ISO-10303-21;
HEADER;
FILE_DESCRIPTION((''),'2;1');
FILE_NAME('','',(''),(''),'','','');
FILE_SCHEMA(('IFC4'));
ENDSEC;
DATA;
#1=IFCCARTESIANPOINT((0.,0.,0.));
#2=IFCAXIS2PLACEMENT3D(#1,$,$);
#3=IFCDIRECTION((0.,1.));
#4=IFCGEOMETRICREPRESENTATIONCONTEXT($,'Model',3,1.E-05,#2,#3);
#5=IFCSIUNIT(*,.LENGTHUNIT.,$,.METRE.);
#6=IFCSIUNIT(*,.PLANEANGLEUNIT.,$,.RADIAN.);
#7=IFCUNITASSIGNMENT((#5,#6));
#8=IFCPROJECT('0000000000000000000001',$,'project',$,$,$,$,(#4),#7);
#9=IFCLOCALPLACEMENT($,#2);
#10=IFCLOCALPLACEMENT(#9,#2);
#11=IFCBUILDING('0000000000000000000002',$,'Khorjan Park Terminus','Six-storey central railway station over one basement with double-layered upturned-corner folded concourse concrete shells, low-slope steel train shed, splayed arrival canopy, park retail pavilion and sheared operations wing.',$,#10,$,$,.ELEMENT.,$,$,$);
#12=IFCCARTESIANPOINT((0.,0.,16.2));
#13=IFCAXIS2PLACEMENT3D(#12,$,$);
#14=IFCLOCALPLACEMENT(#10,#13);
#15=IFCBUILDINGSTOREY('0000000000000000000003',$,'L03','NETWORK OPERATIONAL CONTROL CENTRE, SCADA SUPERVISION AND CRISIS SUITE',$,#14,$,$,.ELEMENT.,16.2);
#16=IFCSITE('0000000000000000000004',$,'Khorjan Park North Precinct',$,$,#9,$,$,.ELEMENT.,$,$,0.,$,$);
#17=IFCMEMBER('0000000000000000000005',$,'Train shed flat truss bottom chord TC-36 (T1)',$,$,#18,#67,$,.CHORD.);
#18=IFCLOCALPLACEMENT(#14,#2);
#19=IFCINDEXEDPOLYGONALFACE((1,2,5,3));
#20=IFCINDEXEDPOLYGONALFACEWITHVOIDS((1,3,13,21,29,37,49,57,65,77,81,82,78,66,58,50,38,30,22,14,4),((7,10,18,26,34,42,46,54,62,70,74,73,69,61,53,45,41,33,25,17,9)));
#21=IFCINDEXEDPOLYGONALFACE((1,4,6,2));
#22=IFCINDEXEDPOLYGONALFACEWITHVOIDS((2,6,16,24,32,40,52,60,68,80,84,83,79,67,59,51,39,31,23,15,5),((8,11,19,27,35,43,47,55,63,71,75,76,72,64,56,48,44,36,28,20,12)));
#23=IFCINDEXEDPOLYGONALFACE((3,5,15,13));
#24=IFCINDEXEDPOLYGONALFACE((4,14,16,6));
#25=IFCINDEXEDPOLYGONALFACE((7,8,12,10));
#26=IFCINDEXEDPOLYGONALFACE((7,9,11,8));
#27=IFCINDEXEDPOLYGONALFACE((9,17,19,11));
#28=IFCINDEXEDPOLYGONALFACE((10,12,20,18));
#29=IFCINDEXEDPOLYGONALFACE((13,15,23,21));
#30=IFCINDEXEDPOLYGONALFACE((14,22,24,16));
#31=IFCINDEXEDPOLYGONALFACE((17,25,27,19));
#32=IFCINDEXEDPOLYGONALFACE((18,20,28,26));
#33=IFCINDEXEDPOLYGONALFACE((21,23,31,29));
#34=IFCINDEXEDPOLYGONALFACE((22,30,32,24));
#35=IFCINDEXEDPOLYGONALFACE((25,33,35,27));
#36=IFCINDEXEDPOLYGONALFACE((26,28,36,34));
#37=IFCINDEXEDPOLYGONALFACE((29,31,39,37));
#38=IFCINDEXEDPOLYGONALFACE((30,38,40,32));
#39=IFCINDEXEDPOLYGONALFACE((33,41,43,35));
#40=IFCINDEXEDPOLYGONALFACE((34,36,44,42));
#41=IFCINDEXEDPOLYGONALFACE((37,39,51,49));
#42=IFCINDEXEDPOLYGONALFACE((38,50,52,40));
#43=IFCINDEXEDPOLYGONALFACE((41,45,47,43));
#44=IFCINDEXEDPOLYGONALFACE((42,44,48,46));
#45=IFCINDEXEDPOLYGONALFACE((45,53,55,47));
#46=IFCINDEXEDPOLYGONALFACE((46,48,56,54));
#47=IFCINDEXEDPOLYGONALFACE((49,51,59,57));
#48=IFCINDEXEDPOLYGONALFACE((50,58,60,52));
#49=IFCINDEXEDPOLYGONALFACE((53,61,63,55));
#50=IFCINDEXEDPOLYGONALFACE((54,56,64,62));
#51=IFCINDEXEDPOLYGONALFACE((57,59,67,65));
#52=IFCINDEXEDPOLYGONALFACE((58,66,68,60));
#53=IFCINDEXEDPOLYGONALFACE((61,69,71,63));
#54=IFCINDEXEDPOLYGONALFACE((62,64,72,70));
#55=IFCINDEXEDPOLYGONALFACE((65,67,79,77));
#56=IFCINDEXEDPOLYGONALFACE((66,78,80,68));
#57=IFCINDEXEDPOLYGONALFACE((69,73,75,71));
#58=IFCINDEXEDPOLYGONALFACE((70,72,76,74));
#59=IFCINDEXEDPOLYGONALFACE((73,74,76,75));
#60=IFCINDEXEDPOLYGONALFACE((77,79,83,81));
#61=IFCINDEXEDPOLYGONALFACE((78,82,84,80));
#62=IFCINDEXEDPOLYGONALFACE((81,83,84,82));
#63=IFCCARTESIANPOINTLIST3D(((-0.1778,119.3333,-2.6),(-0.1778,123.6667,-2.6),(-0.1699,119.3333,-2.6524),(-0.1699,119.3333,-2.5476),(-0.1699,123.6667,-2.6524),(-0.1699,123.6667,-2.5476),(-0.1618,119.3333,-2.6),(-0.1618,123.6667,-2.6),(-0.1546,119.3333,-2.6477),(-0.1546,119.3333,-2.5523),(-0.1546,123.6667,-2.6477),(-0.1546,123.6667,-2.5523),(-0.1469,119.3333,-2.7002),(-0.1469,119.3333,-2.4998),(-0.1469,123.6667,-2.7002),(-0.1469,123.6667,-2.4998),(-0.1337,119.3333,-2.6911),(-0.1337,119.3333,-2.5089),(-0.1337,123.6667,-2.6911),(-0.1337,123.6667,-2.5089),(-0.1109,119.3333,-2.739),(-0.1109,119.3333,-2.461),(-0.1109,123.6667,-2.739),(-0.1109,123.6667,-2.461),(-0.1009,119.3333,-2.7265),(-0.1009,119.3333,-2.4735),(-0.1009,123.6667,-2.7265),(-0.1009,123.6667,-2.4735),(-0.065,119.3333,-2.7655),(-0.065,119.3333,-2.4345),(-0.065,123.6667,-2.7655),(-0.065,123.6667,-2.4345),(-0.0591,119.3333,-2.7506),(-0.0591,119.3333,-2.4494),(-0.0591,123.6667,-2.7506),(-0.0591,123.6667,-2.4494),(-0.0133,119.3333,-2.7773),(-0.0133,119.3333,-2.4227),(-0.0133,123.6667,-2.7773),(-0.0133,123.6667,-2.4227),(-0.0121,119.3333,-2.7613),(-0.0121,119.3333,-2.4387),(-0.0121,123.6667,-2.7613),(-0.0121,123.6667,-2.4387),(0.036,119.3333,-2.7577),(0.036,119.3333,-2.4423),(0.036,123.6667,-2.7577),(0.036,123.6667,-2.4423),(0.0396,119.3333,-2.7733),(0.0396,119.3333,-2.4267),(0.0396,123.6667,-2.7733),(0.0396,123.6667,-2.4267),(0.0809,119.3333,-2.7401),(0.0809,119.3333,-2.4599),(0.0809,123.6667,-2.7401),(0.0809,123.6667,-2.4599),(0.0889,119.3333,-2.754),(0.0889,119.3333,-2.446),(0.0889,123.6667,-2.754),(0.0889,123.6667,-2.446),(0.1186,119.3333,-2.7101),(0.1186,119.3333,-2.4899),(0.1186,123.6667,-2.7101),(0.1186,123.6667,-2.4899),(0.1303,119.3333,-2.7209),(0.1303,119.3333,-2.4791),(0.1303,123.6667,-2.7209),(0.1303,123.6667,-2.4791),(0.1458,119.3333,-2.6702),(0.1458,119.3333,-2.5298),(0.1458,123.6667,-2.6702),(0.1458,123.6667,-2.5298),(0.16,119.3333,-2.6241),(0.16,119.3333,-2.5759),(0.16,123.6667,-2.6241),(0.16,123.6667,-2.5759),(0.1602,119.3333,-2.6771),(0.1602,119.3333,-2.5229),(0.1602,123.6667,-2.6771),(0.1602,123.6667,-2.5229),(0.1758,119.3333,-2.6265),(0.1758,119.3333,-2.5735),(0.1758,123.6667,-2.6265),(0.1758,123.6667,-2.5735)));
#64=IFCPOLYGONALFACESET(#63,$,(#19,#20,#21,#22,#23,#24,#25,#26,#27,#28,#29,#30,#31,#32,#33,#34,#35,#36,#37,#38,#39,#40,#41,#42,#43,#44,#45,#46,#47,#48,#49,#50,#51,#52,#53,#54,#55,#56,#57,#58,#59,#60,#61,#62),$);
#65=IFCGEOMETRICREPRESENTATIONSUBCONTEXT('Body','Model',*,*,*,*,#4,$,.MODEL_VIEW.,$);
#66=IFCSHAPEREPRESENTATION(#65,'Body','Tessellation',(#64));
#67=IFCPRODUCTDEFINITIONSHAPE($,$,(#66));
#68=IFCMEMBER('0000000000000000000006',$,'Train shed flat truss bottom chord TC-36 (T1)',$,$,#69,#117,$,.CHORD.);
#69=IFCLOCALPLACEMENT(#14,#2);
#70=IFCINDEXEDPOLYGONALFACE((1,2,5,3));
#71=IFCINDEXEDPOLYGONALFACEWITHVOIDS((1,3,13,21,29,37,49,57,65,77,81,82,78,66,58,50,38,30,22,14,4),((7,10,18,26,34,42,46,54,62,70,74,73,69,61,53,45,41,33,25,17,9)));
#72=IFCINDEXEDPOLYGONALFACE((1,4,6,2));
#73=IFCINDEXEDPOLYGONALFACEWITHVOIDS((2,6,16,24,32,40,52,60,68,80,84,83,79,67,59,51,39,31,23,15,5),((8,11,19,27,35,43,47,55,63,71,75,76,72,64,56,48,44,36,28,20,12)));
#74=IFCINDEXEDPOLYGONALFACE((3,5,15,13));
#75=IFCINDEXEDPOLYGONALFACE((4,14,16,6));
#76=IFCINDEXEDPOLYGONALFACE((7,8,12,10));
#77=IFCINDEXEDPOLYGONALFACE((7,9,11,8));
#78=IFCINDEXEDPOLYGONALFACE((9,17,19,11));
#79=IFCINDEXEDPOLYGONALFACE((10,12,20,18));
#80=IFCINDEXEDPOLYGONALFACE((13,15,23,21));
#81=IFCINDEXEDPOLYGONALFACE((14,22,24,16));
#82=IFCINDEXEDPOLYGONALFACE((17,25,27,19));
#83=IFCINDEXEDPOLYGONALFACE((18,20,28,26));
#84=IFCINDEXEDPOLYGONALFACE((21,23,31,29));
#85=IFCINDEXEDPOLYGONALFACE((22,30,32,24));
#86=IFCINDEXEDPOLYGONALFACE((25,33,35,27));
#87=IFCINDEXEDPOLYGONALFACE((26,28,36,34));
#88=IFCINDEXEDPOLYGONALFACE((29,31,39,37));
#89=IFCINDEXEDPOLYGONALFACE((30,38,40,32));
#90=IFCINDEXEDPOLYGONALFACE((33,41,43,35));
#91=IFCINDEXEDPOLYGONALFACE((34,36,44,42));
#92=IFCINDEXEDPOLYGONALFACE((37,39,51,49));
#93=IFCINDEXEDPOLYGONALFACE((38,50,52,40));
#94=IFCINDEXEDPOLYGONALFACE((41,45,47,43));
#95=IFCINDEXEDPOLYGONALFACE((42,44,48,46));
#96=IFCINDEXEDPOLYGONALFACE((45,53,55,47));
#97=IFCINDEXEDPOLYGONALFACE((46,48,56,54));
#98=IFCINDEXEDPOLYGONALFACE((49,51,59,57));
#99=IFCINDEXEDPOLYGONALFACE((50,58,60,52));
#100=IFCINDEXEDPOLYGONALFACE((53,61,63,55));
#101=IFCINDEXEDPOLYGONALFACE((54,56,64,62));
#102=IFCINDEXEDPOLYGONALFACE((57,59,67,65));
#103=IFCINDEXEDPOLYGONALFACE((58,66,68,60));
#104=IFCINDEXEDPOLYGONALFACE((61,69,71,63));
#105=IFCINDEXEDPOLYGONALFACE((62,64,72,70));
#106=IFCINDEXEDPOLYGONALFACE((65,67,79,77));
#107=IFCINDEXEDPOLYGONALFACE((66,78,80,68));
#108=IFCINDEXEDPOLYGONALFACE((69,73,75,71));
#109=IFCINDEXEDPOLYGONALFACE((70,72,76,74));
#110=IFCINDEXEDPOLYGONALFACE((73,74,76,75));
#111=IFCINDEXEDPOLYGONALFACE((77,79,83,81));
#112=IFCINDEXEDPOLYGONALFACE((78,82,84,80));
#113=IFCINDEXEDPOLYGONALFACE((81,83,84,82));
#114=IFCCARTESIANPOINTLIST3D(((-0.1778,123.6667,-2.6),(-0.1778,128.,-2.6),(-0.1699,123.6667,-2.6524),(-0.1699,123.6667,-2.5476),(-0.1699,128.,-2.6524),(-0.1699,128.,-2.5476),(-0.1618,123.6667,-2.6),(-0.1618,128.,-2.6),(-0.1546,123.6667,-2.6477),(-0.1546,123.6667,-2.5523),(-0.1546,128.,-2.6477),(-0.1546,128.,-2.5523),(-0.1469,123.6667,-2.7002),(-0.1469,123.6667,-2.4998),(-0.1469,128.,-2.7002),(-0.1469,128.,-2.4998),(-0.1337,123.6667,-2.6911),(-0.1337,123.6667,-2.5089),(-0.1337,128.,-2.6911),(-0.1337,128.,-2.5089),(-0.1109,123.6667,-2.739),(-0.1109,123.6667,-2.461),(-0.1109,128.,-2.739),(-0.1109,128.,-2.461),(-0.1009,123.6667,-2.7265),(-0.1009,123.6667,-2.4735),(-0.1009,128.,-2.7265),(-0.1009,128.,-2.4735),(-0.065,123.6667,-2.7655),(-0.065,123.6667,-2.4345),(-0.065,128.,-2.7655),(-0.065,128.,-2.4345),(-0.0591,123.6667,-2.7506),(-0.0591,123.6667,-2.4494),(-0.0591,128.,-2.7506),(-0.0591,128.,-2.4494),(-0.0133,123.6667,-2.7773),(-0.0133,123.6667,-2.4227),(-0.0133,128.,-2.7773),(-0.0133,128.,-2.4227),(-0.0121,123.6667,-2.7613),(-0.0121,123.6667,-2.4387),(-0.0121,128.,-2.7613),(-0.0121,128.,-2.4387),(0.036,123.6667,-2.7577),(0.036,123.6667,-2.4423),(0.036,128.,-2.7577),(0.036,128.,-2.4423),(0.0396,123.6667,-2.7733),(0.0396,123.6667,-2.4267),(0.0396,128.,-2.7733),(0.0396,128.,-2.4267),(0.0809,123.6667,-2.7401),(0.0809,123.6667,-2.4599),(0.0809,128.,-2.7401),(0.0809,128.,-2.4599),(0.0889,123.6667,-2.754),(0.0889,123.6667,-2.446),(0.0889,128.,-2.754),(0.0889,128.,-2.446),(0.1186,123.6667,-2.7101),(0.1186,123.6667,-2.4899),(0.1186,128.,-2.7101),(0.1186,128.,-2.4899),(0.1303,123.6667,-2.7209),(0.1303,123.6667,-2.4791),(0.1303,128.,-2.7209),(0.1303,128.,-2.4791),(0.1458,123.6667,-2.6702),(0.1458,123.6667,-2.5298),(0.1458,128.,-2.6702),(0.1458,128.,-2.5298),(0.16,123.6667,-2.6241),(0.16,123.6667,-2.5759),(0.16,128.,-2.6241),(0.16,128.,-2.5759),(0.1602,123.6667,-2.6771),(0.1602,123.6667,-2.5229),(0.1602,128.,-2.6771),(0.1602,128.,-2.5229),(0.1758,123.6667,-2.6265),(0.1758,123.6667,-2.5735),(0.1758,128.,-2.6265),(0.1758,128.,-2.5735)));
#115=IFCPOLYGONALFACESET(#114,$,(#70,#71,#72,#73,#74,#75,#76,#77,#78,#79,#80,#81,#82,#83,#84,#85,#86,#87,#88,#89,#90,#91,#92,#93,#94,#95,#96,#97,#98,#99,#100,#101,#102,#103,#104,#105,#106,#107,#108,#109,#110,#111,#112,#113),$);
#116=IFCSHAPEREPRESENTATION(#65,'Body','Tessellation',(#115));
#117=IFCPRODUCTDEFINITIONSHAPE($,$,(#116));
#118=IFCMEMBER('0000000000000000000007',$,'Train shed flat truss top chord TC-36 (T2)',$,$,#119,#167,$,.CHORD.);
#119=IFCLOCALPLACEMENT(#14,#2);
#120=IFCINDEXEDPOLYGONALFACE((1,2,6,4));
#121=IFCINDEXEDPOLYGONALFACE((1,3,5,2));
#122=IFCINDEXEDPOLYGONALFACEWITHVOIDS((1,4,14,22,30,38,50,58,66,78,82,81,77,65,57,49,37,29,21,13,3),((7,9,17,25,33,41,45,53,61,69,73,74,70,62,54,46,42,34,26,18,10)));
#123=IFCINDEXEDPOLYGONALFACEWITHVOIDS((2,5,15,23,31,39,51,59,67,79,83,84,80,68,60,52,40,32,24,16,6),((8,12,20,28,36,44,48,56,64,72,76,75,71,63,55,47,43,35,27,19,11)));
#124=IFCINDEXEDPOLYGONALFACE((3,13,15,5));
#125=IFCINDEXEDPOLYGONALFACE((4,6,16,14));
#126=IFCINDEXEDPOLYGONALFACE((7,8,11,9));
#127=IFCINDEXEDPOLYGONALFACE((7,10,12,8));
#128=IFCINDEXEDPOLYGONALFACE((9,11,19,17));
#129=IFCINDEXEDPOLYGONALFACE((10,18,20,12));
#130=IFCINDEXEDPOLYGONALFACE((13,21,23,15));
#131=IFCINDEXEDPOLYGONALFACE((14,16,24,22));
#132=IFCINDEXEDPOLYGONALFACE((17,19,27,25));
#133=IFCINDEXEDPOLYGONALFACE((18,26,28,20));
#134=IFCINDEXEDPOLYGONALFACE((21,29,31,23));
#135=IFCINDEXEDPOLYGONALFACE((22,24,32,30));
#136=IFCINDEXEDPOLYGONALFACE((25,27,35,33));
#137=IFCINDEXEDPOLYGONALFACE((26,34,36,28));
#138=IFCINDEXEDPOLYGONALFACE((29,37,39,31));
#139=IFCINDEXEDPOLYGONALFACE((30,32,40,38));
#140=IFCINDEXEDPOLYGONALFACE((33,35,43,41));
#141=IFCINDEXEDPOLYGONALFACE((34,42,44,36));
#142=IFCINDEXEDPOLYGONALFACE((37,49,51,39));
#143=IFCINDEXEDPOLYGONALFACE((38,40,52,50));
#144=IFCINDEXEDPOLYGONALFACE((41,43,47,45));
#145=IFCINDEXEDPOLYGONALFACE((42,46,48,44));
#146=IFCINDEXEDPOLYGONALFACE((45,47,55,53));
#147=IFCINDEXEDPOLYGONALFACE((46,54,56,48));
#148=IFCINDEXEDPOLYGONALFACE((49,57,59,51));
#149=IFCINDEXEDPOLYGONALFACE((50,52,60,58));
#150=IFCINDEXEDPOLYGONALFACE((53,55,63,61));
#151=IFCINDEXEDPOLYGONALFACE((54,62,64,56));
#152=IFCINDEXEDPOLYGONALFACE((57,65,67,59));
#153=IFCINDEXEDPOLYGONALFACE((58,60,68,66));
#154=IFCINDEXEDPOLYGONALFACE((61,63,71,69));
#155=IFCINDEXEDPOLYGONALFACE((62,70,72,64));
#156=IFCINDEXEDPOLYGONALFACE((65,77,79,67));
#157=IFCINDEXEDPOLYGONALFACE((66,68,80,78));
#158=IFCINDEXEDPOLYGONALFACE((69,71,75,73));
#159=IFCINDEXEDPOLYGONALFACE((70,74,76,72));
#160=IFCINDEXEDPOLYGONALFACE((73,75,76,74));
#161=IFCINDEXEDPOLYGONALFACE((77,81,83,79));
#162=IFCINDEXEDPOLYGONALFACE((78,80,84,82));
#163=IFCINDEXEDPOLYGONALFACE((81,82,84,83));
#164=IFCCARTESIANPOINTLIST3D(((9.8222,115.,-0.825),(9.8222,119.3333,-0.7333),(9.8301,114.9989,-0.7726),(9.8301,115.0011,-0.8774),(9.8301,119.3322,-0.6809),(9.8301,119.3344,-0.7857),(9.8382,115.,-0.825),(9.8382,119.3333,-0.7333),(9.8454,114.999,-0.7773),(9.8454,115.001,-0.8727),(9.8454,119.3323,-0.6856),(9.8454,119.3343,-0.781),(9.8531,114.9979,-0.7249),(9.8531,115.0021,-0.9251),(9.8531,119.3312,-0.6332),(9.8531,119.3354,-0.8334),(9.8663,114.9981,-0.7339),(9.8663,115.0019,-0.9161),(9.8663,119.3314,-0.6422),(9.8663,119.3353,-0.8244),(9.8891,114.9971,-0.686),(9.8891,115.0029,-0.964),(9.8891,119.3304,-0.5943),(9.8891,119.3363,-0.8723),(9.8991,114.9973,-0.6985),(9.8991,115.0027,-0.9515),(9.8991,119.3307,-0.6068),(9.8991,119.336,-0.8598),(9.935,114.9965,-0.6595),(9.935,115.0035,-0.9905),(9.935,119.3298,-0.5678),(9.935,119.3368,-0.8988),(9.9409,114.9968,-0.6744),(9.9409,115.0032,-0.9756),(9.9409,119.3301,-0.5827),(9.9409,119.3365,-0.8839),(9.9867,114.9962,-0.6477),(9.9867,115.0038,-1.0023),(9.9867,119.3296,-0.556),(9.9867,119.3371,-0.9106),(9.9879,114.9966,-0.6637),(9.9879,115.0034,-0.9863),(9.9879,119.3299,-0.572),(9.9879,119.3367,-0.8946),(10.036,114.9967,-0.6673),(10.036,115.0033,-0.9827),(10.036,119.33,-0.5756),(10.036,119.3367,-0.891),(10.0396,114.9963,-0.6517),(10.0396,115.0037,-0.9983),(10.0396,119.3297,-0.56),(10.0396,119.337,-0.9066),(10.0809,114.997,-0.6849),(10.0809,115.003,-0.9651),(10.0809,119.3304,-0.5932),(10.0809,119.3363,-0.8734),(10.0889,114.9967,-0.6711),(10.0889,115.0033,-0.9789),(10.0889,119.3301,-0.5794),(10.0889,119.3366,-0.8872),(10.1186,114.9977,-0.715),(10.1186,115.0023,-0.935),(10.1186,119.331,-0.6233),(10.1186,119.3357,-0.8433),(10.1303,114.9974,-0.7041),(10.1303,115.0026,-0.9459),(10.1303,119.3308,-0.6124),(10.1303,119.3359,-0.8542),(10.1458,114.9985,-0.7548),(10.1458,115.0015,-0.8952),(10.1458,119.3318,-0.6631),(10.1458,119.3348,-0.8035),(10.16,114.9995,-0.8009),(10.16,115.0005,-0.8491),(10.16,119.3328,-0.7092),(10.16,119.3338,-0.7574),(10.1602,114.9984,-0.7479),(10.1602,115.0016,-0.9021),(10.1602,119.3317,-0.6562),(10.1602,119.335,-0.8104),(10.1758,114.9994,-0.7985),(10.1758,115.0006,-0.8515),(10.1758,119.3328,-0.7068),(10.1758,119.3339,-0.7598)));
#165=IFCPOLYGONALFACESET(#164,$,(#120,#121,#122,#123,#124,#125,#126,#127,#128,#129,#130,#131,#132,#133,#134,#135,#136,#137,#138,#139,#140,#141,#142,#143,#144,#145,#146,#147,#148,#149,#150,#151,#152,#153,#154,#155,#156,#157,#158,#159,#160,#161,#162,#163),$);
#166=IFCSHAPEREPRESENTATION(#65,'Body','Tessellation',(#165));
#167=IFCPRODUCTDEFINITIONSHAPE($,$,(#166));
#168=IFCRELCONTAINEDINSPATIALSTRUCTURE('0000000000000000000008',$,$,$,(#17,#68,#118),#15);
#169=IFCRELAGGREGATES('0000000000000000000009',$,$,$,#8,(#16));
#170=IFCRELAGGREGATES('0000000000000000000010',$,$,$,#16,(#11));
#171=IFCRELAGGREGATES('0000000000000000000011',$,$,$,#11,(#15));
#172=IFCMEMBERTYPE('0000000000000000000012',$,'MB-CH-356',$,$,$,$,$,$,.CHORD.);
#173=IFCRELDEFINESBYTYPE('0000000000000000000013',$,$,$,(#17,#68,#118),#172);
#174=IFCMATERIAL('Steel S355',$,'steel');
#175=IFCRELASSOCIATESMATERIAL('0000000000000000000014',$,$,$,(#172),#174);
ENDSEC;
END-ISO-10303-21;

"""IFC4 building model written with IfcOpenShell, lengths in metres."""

from ifc_helpers import new_model, si_unit, direction, frame, origin, origin_2d, place, context, subcontext, project, spatial, hollow_circle, extrude, material, material_profile, profile_set, type_object, element, save


model = new_model("IFC4")

# Units and contexts
model_context = context("Model", 3, precision=1e-05, world=origin(), true_north=direction((0.0, 1.0)))
body_context = subcontext(model_context, "Body", "Model", "MODEL_VIEW")
ifc_project = project(units=[si_unit("LENGTHUNIT", "METRE"), si_unit("PLANEANGLEUNIT", "RADIAN")], contexts=[model_context])

# Site, building, storey
site_placement = place(None, origin())
site = spatial("IfcSite", under=ifc_project, at=site_placement, Name="Khorjan Park North Precinct", CompositionType="ELEMENT", RefElevation=0.0)
building_placement = place(site_placement, origin())
building = spatial("IfcBuilding", under=site, at=building_placement, Name="Khorjan Park Terminus", Description="Six-storey central railway station over one basement with double-layered upturned-corner folded concourse concrete shells, low-slope steel train shed, splayed arrival canopy, park retail pavilion and sheared operations wing.", CompositionType="ELEMENT")
storey_placement = place(building_placement, frame((0.0, 0.0, 16.2)))
storey = spatial("IfcBuildingStorey", under=building, at=storey_placement, Name="L03", Description="NETWORK OPERATIONAL CONTROL CENTRE, SCADA SUPERVISION AND CRISIS SUITE", CompositionType="ELEMENT", Elevation=16.2)

# Members
ifc_material = material(Name="Steel S355", Category="steel")
ifc_material_profile_1 = material_profile(ifc_material, hollow_circle(Radius=0.1778, WallThickness=0.016, at=origin_2d()), Name="CHS 355.6x16")
ifc_profile_set_1 = profile_set([ifc_material_profile_1], Name="Steel S355")
member_type_1 = type_object("IfcMemberType", Name="MB-CH-356", PredefinedType="CHORD", material=ifc_profile_set_1)
member_1_placement = place(storey_placement, frame((0.0, 119.3333, -2.6), z_axis=(0.0, 1.0, 0.0), x_axis=(-1.0, 0.0, 0.0)))
element("IfcMember", 1, at=member_1_placement, inside=storey, type_object=member_type_1, Name="Train shed flat truss bottom chord TC-36 (T1)", PredefinedType="CHORD", context=body_context, shape_type="SweptSolid", body=[
    extrude(hollow_circle(Radius=0.1778, WallThickness=0.016, at=origin_2d()), origin(), (0.0, 0.0, 1.0), 4.3334),
])
member_2_placement = place(storey_placement, frame((0.0, 123.6667, -2.6), z_axis=(0.0, 1.0, 0.0), x_axis=(-1.0, 0.0, 0.0)))
element("IfcMember", 2, at=member_2_placement, inside=storey, type_object=member_type_1, Name="Train shed flat truss bottom chord TC-36 (T1)", PredefinedType="CHORD", context=body_context, shape_type="SweptSolid", body=[
    extrude(hollow_circle(Radius=0.1778, WallThickness=0.016, at=origin_2d()), origin(), (0.0, 0.0, 1.0), 4.3333),
])
member_3_placement = place(storey_placement, frame((10.0, 115.0, -0.825), z_axis=(0.0, 0.999776, 0.021157), x_axis=(-1.0, 0.0, 0.0)))
element("IfcMember", 3, at=member_3_placement, inside=storey, type_object=member_type_1, Name="Train shed flat truss top chord TC-36 (T2)", PredefinedType="CHORD", context=body_context, shape_type="SweptSolid", body=[
    extrude(hollow_circle(Radius=0.1778, WallThickness=0.016, at=origin_2d()), origin(), (0.0, 0.0, 1.0), 4.3343),
])

save(model, "model.ifc")
